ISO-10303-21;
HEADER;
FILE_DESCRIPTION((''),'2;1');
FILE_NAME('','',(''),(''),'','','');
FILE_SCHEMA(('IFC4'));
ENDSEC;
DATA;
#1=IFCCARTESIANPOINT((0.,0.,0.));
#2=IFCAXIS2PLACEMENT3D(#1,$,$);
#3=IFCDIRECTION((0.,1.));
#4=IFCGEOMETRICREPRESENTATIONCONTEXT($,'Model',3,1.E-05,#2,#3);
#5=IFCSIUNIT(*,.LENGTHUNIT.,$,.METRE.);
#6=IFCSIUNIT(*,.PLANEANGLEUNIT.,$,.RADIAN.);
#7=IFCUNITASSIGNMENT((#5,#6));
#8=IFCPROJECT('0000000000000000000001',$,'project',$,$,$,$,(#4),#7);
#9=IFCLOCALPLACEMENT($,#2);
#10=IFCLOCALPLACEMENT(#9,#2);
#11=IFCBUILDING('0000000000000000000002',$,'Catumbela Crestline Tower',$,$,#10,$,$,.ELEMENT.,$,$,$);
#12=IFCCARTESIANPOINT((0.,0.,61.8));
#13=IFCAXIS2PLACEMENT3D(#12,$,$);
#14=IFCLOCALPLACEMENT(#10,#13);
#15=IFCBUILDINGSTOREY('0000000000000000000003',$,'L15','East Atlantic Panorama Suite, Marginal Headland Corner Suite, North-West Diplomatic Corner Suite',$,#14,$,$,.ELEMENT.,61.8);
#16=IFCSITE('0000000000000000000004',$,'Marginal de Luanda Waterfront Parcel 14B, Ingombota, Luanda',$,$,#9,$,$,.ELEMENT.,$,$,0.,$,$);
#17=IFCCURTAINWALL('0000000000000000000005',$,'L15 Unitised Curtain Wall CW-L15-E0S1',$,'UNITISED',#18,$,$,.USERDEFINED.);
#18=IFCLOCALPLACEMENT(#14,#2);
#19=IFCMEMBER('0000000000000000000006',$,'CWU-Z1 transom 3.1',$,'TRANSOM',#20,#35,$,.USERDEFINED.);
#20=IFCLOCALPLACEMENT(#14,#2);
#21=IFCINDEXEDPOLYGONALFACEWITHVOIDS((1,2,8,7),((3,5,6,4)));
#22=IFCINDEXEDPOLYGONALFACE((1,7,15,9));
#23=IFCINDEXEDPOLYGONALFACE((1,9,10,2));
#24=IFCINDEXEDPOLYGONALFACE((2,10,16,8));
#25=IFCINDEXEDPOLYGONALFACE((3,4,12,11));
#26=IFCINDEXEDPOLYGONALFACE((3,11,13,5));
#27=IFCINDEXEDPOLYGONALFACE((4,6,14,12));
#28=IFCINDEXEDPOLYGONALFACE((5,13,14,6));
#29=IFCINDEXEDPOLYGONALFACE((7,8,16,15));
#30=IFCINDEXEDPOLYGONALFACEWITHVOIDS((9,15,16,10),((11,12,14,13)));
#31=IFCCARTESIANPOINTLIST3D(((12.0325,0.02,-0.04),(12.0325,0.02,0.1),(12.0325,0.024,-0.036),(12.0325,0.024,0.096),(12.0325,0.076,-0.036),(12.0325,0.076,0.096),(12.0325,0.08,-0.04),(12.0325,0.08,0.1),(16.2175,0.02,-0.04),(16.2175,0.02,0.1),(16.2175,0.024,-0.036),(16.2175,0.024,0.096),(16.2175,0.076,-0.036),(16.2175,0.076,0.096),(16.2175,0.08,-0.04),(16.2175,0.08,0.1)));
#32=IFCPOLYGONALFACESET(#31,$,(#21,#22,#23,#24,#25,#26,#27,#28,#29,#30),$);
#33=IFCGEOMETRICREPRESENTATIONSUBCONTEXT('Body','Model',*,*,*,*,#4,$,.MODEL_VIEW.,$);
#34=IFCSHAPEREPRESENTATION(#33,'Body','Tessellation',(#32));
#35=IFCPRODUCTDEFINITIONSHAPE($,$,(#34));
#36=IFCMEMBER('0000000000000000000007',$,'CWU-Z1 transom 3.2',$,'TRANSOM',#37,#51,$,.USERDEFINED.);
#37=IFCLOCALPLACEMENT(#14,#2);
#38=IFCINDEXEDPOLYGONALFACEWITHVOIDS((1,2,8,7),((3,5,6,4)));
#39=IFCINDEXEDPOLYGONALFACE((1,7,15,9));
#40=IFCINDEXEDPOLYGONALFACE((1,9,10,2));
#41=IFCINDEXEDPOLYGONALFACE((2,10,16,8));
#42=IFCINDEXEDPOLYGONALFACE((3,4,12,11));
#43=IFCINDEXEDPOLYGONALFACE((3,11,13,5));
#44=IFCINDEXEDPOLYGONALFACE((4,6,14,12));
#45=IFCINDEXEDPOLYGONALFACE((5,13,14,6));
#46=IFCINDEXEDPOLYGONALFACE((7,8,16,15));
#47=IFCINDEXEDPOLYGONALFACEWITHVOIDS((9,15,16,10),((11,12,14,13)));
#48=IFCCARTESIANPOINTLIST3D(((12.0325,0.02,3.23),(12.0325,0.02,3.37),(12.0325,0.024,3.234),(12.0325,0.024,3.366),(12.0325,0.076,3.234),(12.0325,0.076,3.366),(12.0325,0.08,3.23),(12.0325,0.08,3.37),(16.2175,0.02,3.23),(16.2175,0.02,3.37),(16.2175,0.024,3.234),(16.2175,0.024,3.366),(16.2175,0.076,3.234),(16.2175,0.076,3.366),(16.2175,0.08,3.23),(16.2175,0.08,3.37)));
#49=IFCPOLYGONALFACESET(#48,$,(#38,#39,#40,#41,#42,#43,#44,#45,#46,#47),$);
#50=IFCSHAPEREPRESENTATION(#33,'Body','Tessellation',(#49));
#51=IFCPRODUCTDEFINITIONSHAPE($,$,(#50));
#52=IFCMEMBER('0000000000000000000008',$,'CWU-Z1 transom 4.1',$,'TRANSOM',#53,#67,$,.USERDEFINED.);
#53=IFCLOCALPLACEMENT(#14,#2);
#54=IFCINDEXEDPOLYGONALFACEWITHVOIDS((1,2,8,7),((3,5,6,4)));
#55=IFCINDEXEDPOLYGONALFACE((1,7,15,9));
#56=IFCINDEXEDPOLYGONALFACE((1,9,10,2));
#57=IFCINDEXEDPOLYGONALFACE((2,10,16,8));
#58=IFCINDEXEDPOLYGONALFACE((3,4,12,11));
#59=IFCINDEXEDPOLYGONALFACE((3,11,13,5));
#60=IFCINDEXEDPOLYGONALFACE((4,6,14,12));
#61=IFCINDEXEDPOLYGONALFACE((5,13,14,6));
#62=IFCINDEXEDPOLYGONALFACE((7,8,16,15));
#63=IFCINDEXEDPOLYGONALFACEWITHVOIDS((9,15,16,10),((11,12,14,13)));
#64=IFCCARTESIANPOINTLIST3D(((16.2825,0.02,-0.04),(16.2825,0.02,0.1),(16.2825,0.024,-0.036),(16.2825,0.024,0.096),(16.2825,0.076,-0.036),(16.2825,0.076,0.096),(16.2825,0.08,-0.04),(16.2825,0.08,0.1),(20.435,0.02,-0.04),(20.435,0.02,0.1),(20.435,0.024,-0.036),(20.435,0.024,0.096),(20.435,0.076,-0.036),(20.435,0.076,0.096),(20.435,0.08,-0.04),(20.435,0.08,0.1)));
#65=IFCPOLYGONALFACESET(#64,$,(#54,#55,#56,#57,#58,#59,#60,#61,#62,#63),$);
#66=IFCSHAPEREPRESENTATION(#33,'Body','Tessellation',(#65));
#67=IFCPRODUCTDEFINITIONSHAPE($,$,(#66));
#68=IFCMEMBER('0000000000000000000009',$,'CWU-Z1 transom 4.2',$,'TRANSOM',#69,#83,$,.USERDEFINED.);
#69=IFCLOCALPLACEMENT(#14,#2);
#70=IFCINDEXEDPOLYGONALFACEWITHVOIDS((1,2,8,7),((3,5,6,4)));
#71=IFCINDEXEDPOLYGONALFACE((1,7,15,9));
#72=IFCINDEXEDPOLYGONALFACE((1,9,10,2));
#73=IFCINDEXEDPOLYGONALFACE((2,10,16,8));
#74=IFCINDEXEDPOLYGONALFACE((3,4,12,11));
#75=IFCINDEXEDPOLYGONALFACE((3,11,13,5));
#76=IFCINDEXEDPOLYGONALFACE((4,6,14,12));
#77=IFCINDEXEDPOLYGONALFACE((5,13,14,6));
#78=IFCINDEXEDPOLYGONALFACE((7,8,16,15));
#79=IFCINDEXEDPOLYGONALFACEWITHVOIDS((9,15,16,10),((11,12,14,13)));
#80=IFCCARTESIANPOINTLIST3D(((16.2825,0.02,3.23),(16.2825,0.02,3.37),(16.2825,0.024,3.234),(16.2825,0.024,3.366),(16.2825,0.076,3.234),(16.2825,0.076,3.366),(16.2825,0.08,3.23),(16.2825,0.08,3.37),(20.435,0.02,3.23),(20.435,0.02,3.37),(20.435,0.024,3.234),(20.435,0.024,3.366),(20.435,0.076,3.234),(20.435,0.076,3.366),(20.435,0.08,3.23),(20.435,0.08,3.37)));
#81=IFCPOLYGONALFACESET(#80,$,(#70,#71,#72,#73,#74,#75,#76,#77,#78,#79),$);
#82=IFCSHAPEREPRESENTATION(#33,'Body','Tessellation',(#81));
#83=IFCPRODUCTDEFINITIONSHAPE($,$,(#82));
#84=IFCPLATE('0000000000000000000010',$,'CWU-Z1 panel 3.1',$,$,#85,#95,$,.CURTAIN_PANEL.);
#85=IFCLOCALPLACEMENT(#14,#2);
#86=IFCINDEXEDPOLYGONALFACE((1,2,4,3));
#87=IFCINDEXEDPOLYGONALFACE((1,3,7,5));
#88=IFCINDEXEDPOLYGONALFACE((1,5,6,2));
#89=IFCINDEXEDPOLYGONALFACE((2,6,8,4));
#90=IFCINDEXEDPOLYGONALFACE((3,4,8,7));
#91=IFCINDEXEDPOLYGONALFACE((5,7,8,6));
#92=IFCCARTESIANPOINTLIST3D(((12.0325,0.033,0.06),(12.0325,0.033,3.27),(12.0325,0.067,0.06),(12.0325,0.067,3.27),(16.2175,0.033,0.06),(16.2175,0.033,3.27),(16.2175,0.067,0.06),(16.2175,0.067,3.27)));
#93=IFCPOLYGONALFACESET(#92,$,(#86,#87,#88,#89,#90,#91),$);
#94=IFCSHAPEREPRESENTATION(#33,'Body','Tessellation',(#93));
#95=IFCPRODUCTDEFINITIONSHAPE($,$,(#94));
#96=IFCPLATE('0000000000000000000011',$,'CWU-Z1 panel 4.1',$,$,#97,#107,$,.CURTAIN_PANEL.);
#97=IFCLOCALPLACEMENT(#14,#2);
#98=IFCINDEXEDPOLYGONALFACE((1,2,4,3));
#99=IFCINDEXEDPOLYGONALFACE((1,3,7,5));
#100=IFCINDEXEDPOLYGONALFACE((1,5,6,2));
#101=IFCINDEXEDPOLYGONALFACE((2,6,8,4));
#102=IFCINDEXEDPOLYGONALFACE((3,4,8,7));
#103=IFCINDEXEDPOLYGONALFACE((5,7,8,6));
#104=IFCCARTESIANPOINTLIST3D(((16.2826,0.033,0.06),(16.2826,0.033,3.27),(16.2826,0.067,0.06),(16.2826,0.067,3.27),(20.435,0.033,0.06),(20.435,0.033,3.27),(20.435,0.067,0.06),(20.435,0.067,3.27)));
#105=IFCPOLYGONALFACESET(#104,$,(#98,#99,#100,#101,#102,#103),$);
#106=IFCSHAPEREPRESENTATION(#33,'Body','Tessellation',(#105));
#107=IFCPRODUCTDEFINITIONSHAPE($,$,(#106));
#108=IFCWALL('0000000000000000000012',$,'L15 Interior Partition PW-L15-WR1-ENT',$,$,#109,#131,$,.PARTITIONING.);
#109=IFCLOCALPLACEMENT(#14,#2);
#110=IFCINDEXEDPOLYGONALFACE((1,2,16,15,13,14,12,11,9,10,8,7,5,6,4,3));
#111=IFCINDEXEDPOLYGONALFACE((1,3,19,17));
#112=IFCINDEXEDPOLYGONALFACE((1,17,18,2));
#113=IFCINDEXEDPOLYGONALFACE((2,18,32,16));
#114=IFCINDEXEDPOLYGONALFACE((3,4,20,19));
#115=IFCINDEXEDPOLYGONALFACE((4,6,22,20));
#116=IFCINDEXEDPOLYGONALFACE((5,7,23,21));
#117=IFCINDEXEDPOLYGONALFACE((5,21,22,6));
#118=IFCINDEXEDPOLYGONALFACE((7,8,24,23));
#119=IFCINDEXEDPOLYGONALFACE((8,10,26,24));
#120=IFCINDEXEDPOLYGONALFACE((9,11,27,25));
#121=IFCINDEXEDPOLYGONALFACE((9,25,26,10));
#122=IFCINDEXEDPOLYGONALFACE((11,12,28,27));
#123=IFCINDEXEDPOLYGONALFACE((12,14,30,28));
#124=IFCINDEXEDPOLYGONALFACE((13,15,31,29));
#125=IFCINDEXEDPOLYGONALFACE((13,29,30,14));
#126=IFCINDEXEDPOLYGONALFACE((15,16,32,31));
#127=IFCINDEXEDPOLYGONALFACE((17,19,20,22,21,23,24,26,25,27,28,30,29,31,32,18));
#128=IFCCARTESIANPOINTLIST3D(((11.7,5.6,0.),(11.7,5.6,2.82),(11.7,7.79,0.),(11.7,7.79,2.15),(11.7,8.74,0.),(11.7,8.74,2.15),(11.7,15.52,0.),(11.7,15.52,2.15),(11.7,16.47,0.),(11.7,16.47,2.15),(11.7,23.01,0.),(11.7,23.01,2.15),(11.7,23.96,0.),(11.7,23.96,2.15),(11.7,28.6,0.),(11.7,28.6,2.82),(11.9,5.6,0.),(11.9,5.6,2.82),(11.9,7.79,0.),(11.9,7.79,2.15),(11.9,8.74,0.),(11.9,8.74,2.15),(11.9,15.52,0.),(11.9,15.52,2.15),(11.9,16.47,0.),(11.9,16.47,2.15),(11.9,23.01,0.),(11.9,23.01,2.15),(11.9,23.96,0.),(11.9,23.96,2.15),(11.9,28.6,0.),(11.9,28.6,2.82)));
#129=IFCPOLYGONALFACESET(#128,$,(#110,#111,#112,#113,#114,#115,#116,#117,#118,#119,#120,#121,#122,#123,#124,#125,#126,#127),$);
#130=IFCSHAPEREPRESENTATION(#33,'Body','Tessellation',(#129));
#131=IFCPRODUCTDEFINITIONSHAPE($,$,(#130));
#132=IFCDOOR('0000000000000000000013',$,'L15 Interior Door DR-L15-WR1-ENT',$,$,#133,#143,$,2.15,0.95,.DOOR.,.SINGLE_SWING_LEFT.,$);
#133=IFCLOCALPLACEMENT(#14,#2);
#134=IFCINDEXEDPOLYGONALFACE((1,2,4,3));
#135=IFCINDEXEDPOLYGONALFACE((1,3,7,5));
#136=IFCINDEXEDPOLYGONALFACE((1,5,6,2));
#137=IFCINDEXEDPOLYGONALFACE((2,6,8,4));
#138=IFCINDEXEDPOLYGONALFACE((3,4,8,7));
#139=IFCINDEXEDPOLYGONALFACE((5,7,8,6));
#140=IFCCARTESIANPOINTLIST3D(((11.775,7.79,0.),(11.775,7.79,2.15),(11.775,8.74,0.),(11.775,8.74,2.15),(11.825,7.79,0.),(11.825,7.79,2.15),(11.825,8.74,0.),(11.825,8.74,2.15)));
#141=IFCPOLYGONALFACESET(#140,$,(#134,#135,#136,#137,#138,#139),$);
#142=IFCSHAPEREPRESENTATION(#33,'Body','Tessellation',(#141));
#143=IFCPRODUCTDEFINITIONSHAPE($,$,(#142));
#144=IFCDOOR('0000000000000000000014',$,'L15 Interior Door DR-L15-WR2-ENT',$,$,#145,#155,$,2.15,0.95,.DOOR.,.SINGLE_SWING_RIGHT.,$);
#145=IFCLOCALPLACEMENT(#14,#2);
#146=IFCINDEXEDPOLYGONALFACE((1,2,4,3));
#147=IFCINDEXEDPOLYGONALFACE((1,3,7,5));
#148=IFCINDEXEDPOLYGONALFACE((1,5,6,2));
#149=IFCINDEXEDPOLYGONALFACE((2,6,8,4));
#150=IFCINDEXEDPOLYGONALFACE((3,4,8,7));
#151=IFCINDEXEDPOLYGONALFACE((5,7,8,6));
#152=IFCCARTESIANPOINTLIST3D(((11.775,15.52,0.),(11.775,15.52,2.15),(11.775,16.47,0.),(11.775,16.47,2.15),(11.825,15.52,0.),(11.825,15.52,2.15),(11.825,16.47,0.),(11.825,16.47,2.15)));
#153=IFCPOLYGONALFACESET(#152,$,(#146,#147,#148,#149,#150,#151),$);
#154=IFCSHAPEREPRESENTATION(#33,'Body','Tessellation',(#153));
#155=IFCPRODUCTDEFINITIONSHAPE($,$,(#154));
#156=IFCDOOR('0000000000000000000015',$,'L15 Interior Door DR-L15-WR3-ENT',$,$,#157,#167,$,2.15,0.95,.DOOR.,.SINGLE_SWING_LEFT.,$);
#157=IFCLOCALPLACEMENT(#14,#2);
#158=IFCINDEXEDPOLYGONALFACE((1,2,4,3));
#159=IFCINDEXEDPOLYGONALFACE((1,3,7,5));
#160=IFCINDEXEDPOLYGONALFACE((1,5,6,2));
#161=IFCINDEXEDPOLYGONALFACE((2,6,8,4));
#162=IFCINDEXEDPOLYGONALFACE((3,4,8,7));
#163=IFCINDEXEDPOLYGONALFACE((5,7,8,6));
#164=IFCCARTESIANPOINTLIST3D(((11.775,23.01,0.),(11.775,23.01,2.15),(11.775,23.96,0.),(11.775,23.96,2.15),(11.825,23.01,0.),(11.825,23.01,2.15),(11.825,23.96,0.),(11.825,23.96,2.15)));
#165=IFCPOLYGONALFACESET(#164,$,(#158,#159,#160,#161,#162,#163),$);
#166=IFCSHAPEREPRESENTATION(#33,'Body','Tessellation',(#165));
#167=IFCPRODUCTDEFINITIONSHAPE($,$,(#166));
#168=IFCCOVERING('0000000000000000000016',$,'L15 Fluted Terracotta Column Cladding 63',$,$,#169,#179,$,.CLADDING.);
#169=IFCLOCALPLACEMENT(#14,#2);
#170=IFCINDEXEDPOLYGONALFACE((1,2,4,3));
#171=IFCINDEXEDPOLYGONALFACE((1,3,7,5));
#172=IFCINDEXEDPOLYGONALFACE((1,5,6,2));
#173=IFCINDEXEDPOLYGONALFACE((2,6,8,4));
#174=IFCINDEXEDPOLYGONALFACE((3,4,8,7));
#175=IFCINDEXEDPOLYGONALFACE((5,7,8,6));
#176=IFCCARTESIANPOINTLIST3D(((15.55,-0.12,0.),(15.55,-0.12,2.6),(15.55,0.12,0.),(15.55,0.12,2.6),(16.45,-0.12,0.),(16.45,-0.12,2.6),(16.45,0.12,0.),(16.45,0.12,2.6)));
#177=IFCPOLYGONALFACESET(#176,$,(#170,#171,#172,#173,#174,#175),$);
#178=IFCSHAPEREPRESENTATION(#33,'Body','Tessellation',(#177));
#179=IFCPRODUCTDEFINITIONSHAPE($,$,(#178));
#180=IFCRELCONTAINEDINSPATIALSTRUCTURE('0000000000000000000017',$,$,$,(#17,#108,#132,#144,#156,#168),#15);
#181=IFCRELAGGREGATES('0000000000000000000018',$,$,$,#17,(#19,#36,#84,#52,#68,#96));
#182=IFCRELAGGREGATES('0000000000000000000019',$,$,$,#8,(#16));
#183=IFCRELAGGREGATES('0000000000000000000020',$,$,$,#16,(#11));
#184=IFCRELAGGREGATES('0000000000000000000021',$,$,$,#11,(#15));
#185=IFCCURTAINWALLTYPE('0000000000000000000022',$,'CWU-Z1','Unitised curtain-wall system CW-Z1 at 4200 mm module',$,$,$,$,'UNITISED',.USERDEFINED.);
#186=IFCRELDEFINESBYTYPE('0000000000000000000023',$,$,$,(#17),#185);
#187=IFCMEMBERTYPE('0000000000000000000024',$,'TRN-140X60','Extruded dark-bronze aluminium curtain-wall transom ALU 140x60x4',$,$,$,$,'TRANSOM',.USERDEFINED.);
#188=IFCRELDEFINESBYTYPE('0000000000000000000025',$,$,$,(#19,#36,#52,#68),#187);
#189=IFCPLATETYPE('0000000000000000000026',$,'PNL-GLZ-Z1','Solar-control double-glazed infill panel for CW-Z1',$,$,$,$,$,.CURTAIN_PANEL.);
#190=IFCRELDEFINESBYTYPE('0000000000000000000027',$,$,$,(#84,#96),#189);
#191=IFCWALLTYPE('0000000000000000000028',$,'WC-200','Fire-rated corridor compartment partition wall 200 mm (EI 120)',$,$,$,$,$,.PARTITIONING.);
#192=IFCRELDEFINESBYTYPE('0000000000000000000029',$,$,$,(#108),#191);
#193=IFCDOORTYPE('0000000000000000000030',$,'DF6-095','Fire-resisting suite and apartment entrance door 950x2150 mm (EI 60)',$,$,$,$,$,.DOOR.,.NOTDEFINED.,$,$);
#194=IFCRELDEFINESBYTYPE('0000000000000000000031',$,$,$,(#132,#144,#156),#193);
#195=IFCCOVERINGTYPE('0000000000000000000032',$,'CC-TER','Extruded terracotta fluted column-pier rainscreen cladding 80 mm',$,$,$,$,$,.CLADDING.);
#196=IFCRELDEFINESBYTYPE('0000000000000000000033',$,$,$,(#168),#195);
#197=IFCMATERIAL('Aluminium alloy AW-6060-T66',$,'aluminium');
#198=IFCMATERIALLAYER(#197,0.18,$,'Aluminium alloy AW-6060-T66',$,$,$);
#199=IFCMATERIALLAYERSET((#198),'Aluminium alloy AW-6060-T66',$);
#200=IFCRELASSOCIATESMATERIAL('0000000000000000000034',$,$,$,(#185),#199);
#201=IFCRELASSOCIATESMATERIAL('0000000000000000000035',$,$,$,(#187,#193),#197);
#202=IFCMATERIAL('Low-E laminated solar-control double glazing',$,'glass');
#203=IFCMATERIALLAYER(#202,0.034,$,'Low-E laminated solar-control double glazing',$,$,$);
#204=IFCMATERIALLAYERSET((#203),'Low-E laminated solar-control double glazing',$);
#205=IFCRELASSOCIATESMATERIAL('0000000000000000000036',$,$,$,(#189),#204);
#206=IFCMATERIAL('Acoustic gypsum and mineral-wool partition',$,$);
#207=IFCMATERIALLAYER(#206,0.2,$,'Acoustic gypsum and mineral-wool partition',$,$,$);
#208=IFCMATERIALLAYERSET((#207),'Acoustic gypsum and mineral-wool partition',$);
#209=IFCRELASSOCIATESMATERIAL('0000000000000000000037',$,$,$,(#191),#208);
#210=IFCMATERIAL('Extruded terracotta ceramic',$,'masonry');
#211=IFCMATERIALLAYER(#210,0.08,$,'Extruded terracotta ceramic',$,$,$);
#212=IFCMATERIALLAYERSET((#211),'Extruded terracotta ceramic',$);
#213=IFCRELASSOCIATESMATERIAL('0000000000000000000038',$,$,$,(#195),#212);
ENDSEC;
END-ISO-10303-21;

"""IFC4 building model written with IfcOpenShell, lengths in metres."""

from ifc_helpers import new_model, si_unit, direction, frame, frame_2d, origin, origin_2d, place, context, subcontext, project, spatial, rectangle, hollow_rectangle, extrude, material, layer, layer_set, material_profile, profile_set, type_object, element, fill, aggregate, save


model = new_model("IFC4")

# Units and contexts
model_context = context("Model", 3, precision=1e-05, world=origin(), true_north=direction((0.0, 1.0)))
body_context = subcontext(model_context, "Body", "Model", "MODEL_VIEW")
ifc_project = project(units=[si_unit("LENGTHUNIT", "METRE"), si_unit("PLANEANGLEUNIT", "RADIAN")], contexts=[model_context])

# Site, building, storey
site_placement = place(None, origin())
site = spatial("IfcSite", under=ifc_project, at=site_placement, Name="Marginal de Luanda Waterfront Parcel 14B, Ingombota, Luanda", CompositionType="ELEMENT", RefElevation=0.0)
building_placement = place(site_placement, origin())
building = spatial("IfcBuilding", under=site, at=building_placement, Name="Catumbela Crestline Tower", CompositionType="ELEMENT")
storey_placement = place(building_placement, frame((0.0, 0.0, 61.8)))
storey = spatial("IfcBuildingStorey", under=building, at=storey_placement, Name="L15", Description="East Atlantic Panorama Suite, Marginal Headland Corner Suite, North-West Diplomatic Corner Suite", CompositionType="ELEMENT", Elevation=61.8)

# Curtain wall, members, plates
ifc_material_1 = material(Name="Aluminium alloy AW-6060-T66", Category="aluminium")
ifc_layer_1 = layer(ifc_material_1, 0.18, Name="Aluminium alloy AW-6060-T66")
ifc_layer_set_1 = layer_set([ifc_layer_1], Name="Aluminium alloy AW-6060-T66")
curtain_wall_type = type_object("IfcCurtainWallType", Name="CWU-Z1", Description="Unitised curtain-wall system CW-Z1 at 4200 mm module", ElementType="UNITISED", PredefinedType="USERDEFINED", material=ifc_layer_set_1)
curtain_wall_placement = place(storey_placement, origin())
curtain_wall = element("IfcCurtainWall", 1, at=curtain_wall_placement, inside=storey, type_object=curtain_wall_type, Name="L15 Unitised Curtain Wall CW-L15-E0S1", ObjectType="UNITISED", PredefinedType="USERDEFINED")
ifc_material_profile_1 = material_profile(ifc_material_1, hollow_rectangle(XDim=0.06, YDim=0.14, WallThickness=0.004, at=origin_2d()), Name="ALU 140x60x4")
ifc_profile_set_1 = profile_set([ifc_material_profile_1], Name="Aluminium alloy AW-6060-T66")
member_type_1 = type_object("IfcMemberType", Name="TRN-140X60", Description="Extruded dark-bronze aluminium curtain-wall transom ALU 140x60x4", ElementType="TRANSOM", PredefinedType="USERDEFINED", material=ifc_profile_set_1)
member_1_placement = place(storey_placement, frame((12.0325, 0.05, 0.03), z_axis=(1.0, 0.0, 0.0), x_axis=(0.0, 1.0, 0.0)))
member_1 = element("IfcMember", 2, at=member_1_placement, type_object=member_type_1, Name="CWU-Z1 transom 3.1", ObjectType="TRANSOM", PredefinedType="USERDEFINED", context=body_context, shape_type="SweptSolid", body=[
    extrude(hollow_rectangle(XDim=0.06, YDim=0.14, WallThickness=0.004, at=origin_2d()), origin(), (0.0, 0.0, 1.0), 4.185),
])
member_2_placement = place(storey_placement, frame((12.0325, 0.05, 3.3), z_axis=(1.0, 0.0, 0.0), x_axis=(0.0, 1.0, 0.0)))
member_2 = element("IfcMember", 3, at=member_2_placement, type_object=member_type_1, Name="CWU-Z1 transom 3.2", ObjectType="TRANSOM", PredefinedType="USERDEFINED", context=body_context, shape_type="SweptSolid", body=[
    extrude(hollow_rectangle(XDim=0.06, YDim=0.14, WallThickness=0.004, at=origin_2d()), origin(), (0.0, 0.0, 1.0), 4.185),
])
member_3_placement = place(storey_placement, frame((16.2825, 0.05, 0.03), z_axis=(1.0, 0.0, 0.0), x_axis=(0.0, 1.0, 0.0)))
member_3 = element("IfcMember", 4, at=member_3_placement, type_object=member_type_1, Name="CWU-Z1 transom 4.1", ObjectType="TRANSOM", PredefinedType="USERDEFINED", context=body_context, shape_type="SweptSolid", body=[
    extrude(hollow_rectangle(XDim=0.06, YDim=0.14, WallThickness=0.004, at=origin_2d()), origin(), (0.0, 0.0, 1.0), 4.1525),
])
member_4_placement = place(storey_placement, frame((16.2825, 0.05, 3.3), z_axis=(1.0, 0.0, 0.0), x_axis=(0.0, 1.0, 0.0)))
member_4 = element("IfcMember", 5, at=member_4_placement, type_object=member_type_1, Name="CWU-Z1 transom 4.2", ObjectType="TRANSOM", PredefinedType="USERDEFINED", context=body_context, shape_type="SweptSolid", body=[
    extrude(hollow_rectangle(XDim=0.06, YDim=0.14, WallThickness=0.004, at=origin_2d()), origin(), (0.0, 0.0, 1.0), 4.1525),
])
ifc_material_2 = material(Name="Low-E laminated solar-control double glazing", Category="glass")
ifc_layer_2 = layer(ifc_material_2, 0.034, Name="Low-E laminated solar-control double glazing")
ifc_layer_set_2 = layer_set([ifc_layer_2], Name="Low-E laminated solar-control double glazing")
plate_type = type_object("IfcPlateType", Name="PNL-GLZ-Z1", Description="Solar-control double-glazed infill panel for CW-Z1", PredefinedType="CURTAIN_PANEL", material=ifc_layer_set_2)
plate_1_placement = place(storey_placement, frame((14.125, 0.05, 0.06), z_axis=(0.0, 0.0, 1.0), x_axis=(1.0, 0.0, 0.0)))
plate_1 = element("IfcPlate", 6, at=plate_1_placement, type_object=plate_type, Name="CWU-Z1 panel 3.1", PredefinedType="CURTAIN_PANEL", context=body_context, shape_type="SweptSolid", body=[
    extrude(rectangle(XDim=4.185, YDim=0.034, at=origin_2d()), origin(), (0.0, 0.0, 1.0), 3.21),
])
plate_2_placement = place(storey_placement, frame((18.3588, 0.05, 0.06), z_axis=(0.0, 0.0, 1.0), x_axis=(1.0, 0.0, 0.0)))
plate_2 = element("IfcPlate", 7, at=plate_2_placement, type_object=plate_type, Name="CWU-Z1 panel 4.1", PredefinedType="CURTAIN_PANEL", context=body_context, shape_type="SweptSolid", body=[
    extrude(rectangle(XDim=4.1525, YDim=0.034, at=origin_2d()), origin(), (0.0, 0.0, 1.0), 3.21),
])
aggregate(curtain_wall, [member_1, member_2, plate_1, member_3, member_4, plate_2])

# Wall, openings, doors
ifc_material_3 = material(Name="Acoustic gypsum and mineral-wool partition")
ifc_layer_3 = layer(ifc_material_3, 0.2, Name="Acoustic gypsum and mineral-wool partition")
ifc_layer_set_3 = layer_set([ifc_layer_3], Name="Acoustic gypsum and mineral-wool partition")
wall_type = type_object("IfcWallType", Name="WC-200", Description="Fire-rated corridor compartment partition wall 200 mm (EI 120)", PredefinedType="PARTITIONING", material=ifc_layer_set_3)
wall_placement = place(storey_placement, frame((11.8, 5.6, 0.0), z_axis=(0.0, 0.0, 1.0), x_axis=(0.0, 1.0, 0.0)))
wall = element("IfcWall", 8, at=wall_placement, inside=storey, type_object=wall_type, Name="L15 Interior Partition PW-L15-WR1-ENT", PredefinedType="PARTITIONING", context=body_context, shape_type="SweptSolid", body=[
    extrude(rectangle(XDim=23.0, YDim=0.2, at=frame_2d((11.5, 0.0))), origin(), (0.0, 0.0, 1.0), 2.82),
])
opening_1_placement = place(wall_placement, frame((2.19, 0.0, 0.0)))
opening_1 = element("IfcOpeningElement", 9, at=opening_1_placement, cuts=wall, PredefinedType="OPENING", context=body_context, shape_type="SweptSolid", body=[
    extrude(rectangle(XDim=0.95, YDim=2.15, at=frame_2d((0.475, 1.075))), frame((0.0, 0.11, 0.0), z_axis=(0.0, -1.0, 0.0), x_axis=(1.0, 0.0, 0.0)), (0.0, 0.0, 1.0), 0.22),
])
opening_2_placement = place(wall_placement, frame((9.92, 0.0, 0.0)))
opening_2 = element("IfcOpeningElement", 10, at=opening_2_placement, cuts=wall, PredefinedType="OPENING", context=body_context, shape_type="SweptSolid", body=[
    extrude(rectangle(XDim=0.95, YDim=2.15, at=frame_2d((0.475, 1.075))), frame((0.0, 0.11, 0.0), z_axis=(0.0, -1.0, 0.0), x_axis=(1.0, 0.0, 0.0)), (0.0, 0.0, 1.0), 0.22),
])
opening_3_placement = place(wall_placement, frame((17.41, 0.0, 0.0)))
opening_3 = element("IfcOpeningElement", 11, at=opening_3_placement, cuts=wall, PredefinedType="OPENING", context=body_context, shape_type="SweptSolid", body=[
    extrude(rectangle(XDim=0.95, YDim=2.15, at=frame_2d((0.475, 1.075))), frame((0.0, 0.11, 0.0), z_axis=(0.0, -1.0, 0.0), x_axis=(1.0, 0.0, 0.0)), (0.0, 0.0, 1.0), 0.22),
])
door_type = type_object("IfcDoorType", Name="DF6-095", Description="Fire-resisting suite and apartment entrance door 950x2150 mm (EI 60)", OperationType="NOTDEFINED", PredefinedType="DOOR", material=ifc_material_1)
door_1_placement = place(opening_1_placement, origin())
door_1 = element("IfcDoor", 12, at=door_1_placement, inside=storey, type_object=door_type, Name="L15 Interior Door DR-L15-WR1-ENT", OperationType="SINGLE_SWING_LEFT", OverallHeight=2.15, OverallWidth=0.95, PredefinedType="DOOR", context=body_context, shape_type="SweptSolid", body=[
    extrude(rectangle(XDim=0.95, YDim=2.15, at=frame_2d((0.475, 1.075))), frame((0.0, 0.025, 0.0), z_axis=(0.0, -1.0, 0.0), x_axis=(1.0, 0.0, 0.0)), (0.0, 0.0, 1.0), 0.05),
])
fill(opening_1, door_1)
door_2_placement = place(opening_2_placement, origin())
door_2 = element("IfcDoor", 13, at=door_2_placement, inside=storey, type_object=door_type, Name="L15 Interior Door DR-L15-WR2-ENT", OperationType="SINGLE_SWING_RIGHT", OverallHeight=2.15, OverallWidth=0.95, PredefinedType="DOOR", context=body_context, shape_type="SweptSolid", body=[
    extrude(rectangle(XDim=0.95, YDim=2.15, at=frame_2d((0.475, 1.075))), frame((0.0, 0.025, 0.0), z_axis=(0.0, -1.0, 0.0), x_axis=(1.0, 0.0, 0.0)), (0.0, 0.0, 1.0), 0.05),
])
fill(opening_2, door_2)
door_3_placement = place(opening_3_placement, origin())
door_3 = element("IfcDoor", 14, at=door_3_placement, inside=storey, type_object=door_type, Name="L15 Interior Door DR-L15-WR3-ENT", OperationType="SINGLE_SWING_LEFT", OverallHeight=2.15, OverallWidth=0.95, PredefinedType="DOOR", context=body_context, shape_type="SweptSolid", body=[
    extrude(rectangle(XDim=0.95, YDim=2.15, at=frame_2d((0.475, 1.075))), frame((0.0, 0.025, 0.0), z_axis=(0.0, -1.0, 0.0), x_axis=(1.0, 0.0, 0.0)), (0.0, 0.0, 1.0), 0.05),
])
fill(opening_3, door_3)

# Covering
ifc_material_4 = material(Name="Extruded terracotta ceramic", Category="masonry")
ifc_layer_4 = layer(ifc_material_4, 0.08, Name="Extruded terracotta ceramic")
ifc_layer_set_4 = layer_set([ifc_layer_4], Name="Extruded terracotta ceramic")
covering_type = type_object("IfcCoveringType", Name="CC-TER", Description="Extruded terracotta fluted column-pier rainscreen cladding 80 mm", PredefinedType="CLADDING", material=ifc_layer_set_4)
covering_placement = place(storey_placement, frame((16.0, 0.0, 0.0), z_axis=(0.0, 0.0, 1.0), x_axis=(1.0, 0.0, 0.0)))
element("IfcCovering", 15, at=covering_placement, inside=storey, type_object=covering_type, Name="L15 Fluted Terracotta Column Cladding 63", PredefinedType="CLADDING", context=body_context, shape_type="SweptSolid", body=[
    extrude(rectangle(XDim=0.9, YDim=0.24, at=origin_2d()), origin(), (0.0, 0.0, 1.0), 2.6),
])

save(model, "model.ifc")
